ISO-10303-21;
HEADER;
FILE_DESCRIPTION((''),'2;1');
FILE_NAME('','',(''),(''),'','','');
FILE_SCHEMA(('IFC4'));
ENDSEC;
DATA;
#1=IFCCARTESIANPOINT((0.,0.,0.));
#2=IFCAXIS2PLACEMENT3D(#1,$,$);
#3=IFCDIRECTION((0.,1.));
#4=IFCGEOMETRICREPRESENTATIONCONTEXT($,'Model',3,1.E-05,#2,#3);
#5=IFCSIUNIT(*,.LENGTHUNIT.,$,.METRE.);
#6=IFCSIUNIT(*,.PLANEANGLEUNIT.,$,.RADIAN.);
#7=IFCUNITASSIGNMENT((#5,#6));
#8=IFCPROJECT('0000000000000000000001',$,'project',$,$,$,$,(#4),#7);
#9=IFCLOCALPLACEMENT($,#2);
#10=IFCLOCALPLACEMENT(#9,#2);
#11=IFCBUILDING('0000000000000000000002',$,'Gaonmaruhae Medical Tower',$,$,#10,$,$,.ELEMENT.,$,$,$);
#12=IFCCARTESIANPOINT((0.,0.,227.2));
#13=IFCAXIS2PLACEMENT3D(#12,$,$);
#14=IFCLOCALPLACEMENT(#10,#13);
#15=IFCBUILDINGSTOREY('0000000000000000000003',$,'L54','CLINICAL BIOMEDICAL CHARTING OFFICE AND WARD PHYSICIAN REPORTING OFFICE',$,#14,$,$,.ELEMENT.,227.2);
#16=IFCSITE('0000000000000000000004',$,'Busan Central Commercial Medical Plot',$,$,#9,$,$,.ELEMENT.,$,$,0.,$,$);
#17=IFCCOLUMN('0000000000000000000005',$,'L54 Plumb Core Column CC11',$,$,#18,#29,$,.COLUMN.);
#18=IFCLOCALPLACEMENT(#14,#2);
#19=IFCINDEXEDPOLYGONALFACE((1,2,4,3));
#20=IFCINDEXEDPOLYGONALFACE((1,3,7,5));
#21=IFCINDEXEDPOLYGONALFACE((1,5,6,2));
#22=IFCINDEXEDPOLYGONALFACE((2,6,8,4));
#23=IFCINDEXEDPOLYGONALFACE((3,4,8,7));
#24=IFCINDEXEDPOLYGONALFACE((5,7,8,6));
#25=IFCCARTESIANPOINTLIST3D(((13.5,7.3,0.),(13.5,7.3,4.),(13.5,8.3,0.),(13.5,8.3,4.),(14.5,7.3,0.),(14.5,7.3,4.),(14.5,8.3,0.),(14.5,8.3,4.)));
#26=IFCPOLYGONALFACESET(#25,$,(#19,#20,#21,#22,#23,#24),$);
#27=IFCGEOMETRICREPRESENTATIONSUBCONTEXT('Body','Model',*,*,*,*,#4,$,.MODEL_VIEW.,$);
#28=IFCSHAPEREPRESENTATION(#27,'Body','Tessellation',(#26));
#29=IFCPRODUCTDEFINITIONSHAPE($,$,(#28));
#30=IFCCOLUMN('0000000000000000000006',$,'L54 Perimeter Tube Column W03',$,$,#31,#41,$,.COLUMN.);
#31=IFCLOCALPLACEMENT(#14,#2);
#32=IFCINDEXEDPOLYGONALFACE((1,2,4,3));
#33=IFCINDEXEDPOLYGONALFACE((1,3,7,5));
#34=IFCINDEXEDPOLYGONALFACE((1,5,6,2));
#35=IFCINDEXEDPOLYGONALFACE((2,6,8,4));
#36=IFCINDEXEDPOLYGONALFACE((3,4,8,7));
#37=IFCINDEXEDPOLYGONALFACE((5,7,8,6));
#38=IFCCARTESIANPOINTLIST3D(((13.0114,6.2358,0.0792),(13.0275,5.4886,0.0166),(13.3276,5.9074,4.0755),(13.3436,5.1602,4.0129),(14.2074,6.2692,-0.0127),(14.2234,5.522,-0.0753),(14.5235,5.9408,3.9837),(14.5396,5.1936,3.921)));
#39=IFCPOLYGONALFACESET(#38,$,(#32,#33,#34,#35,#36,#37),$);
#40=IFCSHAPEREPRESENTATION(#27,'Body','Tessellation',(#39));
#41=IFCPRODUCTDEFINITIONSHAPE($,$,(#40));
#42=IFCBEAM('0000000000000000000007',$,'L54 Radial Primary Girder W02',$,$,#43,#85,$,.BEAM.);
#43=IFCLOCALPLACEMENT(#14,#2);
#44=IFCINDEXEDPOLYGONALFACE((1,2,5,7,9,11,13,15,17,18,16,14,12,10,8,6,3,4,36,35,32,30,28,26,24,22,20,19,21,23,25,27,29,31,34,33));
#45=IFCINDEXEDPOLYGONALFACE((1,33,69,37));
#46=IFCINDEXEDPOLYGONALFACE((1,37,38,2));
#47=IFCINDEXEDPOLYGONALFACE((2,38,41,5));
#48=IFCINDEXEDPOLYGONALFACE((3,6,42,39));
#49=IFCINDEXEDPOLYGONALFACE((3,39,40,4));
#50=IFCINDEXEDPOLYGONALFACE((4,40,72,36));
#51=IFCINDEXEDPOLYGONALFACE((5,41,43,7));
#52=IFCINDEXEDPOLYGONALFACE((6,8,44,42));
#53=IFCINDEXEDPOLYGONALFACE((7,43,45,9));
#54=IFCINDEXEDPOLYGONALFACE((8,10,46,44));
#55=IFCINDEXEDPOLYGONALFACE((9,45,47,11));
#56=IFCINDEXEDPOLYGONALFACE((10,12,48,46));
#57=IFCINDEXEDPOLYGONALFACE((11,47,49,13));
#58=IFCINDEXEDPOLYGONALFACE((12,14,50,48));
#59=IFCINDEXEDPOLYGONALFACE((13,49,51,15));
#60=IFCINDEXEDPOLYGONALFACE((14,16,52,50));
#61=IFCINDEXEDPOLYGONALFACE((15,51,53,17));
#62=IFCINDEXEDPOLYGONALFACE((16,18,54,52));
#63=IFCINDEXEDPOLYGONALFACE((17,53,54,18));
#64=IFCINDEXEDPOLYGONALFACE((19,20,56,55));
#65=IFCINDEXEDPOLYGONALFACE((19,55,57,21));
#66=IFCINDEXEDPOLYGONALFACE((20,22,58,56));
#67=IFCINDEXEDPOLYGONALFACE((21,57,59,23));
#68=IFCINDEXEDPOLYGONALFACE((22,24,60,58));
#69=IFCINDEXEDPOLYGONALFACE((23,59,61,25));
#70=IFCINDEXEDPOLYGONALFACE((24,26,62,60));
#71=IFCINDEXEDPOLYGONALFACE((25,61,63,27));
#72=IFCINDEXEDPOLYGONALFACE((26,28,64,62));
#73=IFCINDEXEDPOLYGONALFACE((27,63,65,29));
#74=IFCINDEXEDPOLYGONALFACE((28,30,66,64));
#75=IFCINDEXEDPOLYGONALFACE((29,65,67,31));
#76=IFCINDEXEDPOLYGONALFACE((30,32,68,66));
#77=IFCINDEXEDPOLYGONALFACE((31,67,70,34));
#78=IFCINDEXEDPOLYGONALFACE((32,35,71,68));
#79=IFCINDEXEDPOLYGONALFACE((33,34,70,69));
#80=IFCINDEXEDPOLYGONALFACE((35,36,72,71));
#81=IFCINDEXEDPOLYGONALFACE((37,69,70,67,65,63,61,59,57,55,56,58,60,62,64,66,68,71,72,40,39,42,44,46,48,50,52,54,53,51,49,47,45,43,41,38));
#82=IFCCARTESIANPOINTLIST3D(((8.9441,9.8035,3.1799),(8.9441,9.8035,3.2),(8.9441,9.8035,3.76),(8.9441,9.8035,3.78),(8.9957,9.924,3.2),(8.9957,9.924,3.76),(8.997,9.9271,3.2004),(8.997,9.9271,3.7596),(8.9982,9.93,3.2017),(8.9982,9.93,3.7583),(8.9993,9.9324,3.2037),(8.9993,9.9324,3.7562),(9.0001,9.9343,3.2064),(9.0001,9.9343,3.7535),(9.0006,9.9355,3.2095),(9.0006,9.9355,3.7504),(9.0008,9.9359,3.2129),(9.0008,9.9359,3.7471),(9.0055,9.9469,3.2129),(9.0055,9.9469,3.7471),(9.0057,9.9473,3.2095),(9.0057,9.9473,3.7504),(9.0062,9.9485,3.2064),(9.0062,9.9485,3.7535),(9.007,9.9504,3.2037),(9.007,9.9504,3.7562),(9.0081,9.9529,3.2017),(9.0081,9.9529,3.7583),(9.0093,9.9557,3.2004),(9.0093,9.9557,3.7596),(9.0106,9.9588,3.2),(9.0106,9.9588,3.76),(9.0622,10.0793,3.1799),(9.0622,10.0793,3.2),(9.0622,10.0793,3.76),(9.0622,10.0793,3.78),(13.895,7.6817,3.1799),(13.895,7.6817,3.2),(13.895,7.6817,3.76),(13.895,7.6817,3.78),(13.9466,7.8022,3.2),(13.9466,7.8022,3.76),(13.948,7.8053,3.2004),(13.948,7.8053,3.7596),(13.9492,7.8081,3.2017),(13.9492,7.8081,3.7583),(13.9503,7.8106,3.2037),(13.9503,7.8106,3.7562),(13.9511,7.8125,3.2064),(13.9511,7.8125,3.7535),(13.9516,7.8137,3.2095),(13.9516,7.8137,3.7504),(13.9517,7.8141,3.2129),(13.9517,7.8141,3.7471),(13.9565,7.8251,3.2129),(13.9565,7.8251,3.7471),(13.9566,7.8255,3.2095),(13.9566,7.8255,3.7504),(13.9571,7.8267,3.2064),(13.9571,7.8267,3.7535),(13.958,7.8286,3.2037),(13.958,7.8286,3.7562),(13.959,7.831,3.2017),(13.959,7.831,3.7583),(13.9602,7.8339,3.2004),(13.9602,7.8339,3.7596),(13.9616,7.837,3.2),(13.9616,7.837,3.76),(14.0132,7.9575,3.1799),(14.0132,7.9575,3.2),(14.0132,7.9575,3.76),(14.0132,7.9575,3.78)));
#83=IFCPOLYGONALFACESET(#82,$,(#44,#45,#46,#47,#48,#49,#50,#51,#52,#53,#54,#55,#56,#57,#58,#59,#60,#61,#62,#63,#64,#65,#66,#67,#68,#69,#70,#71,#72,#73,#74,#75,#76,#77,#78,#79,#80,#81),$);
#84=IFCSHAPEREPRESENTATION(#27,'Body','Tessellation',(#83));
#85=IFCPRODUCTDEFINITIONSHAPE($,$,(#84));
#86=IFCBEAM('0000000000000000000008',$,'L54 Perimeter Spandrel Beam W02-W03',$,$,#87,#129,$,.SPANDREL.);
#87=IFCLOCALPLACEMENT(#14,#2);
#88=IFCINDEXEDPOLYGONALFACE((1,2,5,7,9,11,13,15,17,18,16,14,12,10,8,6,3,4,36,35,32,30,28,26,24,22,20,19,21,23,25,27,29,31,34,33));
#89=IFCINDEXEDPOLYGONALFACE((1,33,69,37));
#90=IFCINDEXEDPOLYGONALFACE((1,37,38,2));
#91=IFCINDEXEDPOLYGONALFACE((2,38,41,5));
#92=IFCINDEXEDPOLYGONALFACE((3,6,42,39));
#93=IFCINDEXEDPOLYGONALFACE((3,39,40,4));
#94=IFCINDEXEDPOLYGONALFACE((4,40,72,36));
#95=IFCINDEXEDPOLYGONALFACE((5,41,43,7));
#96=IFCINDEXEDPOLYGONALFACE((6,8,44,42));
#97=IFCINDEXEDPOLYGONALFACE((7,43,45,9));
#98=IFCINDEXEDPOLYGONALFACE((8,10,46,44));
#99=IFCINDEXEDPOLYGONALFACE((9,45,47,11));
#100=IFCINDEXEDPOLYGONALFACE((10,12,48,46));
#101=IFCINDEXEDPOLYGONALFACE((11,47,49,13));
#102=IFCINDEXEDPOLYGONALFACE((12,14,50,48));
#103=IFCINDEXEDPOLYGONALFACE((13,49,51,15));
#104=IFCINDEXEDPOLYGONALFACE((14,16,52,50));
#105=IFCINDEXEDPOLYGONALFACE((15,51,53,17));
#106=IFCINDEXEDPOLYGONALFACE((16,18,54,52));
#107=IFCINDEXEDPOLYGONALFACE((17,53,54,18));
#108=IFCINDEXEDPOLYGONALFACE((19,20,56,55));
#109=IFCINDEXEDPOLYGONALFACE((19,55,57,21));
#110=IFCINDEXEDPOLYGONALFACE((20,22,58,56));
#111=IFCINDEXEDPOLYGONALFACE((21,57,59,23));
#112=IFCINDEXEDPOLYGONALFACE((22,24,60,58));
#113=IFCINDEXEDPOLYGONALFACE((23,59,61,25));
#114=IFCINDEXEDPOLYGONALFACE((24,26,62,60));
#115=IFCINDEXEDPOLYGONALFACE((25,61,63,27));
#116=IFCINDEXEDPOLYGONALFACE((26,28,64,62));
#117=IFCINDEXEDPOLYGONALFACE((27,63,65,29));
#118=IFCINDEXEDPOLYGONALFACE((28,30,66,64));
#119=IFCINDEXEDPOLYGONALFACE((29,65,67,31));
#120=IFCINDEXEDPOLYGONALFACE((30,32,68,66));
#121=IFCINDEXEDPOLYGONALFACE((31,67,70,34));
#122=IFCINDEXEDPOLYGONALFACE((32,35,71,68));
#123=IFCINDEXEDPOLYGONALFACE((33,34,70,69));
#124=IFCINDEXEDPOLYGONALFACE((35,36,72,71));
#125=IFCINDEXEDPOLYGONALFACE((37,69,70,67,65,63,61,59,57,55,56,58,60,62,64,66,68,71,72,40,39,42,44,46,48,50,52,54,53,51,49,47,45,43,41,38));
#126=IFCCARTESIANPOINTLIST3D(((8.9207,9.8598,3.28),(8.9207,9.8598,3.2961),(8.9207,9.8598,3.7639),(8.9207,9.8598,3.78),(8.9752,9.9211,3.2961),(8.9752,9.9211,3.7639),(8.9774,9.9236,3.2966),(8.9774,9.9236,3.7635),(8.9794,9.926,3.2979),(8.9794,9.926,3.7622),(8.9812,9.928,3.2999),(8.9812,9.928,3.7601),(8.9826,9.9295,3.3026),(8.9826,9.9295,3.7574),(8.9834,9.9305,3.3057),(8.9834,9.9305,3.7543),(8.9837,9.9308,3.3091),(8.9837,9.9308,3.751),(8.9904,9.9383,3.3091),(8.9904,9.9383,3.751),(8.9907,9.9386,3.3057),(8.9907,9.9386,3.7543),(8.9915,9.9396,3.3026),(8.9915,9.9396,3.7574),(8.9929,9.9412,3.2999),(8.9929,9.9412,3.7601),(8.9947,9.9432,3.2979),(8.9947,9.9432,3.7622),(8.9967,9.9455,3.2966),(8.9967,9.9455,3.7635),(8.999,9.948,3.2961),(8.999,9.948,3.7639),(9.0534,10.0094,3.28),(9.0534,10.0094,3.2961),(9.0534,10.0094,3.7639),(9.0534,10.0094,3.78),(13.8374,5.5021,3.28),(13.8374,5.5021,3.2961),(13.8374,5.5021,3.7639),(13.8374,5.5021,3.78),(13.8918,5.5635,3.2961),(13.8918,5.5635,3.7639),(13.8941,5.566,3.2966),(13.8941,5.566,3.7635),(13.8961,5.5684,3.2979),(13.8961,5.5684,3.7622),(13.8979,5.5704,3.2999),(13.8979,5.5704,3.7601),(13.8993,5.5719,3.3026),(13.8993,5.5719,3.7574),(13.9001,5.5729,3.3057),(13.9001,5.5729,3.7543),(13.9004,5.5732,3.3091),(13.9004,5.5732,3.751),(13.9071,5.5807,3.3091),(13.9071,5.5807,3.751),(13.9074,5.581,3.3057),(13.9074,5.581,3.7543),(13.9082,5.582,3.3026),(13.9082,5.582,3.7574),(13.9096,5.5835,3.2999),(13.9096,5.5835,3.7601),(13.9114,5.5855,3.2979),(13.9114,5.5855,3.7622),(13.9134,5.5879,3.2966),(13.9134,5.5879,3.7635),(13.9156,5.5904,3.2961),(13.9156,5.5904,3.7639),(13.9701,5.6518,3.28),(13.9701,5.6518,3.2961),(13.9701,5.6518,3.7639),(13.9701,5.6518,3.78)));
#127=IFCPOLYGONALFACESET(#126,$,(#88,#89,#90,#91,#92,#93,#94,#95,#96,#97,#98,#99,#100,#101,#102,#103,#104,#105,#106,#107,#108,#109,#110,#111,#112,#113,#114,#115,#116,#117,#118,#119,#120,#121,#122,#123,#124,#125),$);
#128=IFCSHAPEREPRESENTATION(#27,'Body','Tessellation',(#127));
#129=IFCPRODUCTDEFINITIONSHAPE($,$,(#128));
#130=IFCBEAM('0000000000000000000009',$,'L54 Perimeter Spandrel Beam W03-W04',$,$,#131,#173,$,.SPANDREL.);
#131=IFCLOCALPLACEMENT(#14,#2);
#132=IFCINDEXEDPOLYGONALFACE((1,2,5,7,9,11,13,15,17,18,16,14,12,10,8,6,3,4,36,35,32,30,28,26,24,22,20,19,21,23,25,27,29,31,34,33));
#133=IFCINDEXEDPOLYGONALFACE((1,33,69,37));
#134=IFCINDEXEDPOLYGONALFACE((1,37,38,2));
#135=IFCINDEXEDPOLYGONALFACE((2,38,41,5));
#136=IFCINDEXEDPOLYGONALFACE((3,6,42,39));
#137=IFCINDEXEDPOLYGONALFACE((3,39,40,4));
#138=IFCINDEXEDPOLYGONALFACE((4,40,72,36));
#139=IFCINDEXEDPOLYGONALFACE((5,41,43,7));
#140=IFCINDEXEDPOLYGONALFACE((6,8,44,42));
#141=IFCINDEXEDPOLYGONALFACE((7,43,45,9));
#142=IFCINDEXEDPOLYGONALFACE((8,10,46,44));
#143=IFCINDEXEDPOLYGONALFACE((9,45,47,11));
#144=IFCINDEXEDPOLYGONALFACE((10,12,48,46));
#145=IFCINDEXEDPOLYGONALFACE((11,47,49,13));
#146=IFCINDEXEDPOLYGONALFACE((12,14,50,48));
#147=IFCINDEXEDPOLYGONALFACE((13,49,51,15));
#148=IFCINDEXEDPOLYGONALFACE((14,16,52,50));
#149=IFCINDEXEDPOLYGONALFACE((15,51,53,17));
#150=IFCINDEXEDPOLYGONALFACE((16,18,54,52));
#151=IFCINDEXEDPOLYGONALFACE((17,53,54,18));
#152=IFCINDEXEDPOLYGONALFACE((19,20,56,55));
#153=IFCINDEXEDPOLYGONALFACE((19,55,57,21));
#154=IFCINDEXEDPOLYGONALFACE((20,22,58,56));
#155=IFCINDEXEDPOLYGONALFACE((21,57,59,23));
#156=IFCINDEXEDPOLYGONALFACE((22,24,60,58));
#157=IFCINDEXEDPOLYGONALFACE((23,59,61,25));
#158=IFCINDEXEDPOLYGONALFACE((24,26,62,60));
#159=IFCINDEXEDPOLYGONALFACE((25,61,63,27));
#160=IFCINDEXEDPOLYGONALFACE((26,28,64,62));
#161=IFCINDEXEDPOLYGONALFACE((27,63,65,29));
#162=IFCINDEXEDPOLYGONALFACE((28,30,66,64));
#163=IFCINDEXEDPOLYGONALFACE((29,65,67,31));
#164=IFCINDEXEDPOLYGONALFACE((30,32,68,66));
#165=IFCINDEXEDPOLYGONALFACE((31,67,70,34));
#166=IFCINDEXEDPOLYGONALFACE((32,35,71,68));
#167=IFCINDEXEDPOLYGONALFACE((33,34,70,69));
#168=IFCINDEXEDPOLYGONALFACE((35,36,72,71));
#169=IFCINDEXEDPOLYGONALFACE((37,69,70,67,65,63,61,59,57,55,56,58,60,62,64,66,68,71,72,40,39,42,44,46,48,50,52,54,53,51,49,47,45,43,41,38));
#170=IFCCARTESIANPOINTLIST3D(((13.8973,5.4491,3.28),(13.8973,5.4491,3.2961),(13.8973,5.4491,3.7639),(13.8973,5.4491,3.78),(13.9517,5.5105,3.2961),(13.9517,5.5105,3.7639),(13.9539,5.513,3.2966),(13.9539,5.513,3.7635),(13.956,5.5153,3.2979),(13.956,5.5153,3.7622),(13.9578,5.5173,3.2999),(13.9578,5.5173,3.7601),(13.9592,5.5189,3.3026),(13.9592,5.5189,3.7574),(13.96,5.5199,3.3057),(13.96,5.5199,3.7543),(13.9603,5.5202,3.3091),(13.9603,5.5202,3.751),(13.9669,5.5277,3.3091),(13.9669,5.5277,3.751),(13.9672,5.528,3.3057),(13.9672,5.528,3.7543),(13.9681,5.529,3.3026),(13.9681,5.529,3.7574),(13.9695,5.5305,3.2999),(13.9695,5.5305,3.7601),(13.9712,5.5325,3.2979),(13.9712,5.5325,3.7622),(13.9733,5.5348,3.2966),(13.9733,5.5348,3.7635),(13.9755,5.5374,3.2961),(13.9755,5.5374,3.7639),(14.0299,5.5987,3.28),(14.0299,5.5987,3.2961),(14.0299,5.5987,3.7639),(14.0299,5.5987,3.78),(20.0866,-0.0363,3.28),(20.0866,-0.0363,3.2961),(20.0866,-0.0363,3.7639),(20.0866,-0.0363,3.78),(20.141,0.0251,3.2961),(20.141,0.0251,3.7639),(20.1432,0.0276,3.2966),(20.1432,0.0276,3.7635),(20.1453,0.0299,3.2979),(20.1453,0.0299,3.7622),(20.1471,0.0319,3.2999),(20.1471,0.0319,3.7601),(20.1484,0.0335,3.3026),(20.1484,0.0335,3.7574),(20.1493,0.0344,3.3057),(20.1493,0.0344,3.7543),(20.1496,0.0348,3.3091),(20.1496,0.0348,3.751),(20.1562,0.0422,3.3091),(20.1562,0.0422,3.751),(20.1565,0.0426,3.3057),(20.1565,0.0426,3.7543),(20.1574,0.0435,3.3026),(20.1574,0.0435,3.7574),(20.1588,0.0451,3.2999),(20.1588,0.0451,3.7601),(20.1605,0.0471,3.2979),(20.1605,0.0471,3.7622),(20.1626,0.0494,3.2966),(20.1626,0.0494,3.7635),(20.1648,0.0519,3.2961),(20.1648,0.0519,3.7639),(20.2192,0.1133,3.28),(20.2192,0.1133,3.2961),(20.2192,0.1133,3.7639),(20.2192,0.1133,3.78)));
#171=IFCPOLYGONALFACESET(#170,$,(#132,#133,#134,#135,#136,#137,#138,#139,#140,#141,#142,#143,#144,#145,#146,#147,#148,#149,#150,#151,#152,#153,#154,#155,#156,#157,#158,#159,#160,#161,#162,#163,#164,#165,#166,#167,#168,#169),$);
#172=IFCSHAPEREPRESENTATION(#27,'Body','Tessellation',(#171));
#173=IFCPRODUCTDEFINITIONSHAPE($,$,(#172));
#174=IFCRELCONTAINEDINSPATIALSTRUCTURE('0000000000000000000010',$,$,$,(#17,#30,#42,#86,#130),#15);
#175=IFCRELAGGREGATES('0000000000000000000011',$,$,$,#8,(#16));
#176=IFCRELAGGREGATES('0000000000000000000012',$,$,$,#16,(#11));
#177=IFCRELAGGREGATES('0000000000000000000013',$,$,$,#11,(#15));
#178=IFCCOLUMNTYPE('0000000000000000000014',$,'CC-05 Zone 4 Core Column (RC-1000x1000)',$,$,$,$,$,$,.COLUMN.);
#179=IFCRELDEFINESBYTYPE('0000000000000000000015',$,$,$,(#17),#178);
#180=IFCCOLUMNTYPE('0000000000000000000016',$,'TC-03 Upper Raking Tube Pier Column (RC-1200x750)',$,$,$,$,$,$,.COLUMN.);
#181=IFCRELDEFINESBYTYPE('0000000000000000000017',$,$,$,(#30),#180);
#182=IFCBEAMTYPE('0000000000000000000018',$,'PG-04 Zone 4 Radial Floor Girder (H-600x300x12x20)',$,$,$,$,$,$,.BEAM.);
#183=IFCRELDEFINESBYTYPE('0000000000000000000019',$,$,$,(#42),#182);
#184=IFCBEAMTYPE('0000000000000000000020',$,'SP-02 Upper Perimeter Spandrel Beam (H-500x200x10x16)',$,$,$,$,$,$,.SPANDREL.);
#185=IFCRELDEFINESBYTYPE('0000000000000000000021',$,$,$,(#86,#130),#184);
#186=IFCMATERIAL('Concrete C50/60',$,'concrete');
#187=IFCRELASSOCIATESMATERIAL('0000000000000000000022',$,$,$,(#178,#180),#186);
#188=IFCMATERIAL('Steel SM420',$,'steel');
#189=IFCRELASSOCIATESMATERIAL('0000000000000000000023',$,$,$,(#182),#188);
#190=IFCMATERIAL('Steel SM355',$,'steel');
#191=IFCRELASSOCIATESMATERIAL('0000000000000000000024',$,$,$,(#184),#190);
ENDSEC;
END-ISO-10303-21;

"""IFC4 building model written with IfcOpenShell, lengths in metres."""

from ifc_helpers import new_model, si_unit, direction, frame, origin, origin_2d, place, context, subcontext, project, spatial, rectangle, i_section, extrude, material, material_profile, profile_set, type_object, element, save


model = new_model("IFC4")

# Units and contexts
model_context = context("Model", 3, precision=1e-05, world=origin(), true_north=direction((0.0, 1.0)))
body_context = subcontext(model_context, "Body", "Model", "MODEL_VIEW")
ifc_project = project(units=[si_unit("LENGTHUNIT", "METRE"), si_unit("PLANEANGLEUNIT", "RADIAN")], contexts=[model_context])

# Site, building, storey
site_placement = place(None, origin())
site = spatial("IfcSite", under=ifc_project, at=site_placement, Name="Busan Central Commercial Medical Plot", CompositionType="ELEMENT", RefElevation=0.0)
building_placement = place(site_placement, origin())
building = spatial("IfcBuilding", under=site, at=building_placement, Name="Gaonmaruhae Medical Tower", CompositionType="ELEMENT")
storey_placement = place(building_placement, frame((0.0, 0.0, 227.2)))
storey = spatial("IfcBuildingStorey", under=building, at=storey_placement, Name="L54", Description="CLINICAL BIOMEDICAL CHARTING OFFICE AND WARD PHYSICIAN REPORTING OFFICE", CompositionType="ELEMENT", Elevation=227.2)

# Columns
ifc_material_1 = material(Name="Concrete C50/60", Category="concrete")
ifc_material_profile_1 = material_profile(ifc_material_1, rectangle(XDim=1.0, YDim=1.0, at=origin_2d()), Name="RC-1000x1000")
ifc_profile_set_1 = profile_set([ifc_material_profile_1], Name="Concrete C50/60")
column_type_1 = type_object("IfcColumnType", Name="CC-05 Zone 4 Core Column (RC-1000x1000)", PredefinedType="COLUMN", material=ifc_profile_set_1)
column_1_placement = place(storey_placement, frame((14.0, 7.8, 0.0), z_axis=(0.0, 0.0, 1.0), x_axis=(1.0, 0.0, 0.0)))
element("IfcColumn", 1, at=column_1_placement, inside=storey, type_object=column_type_1, Name="L54 Plumb Core Column CC11", PredefinedType="COLUMN", context=body_context, shape_type="SweptSolid", body=[
    extrude(rectangle(XDim=1.0, YDim=1.0, at=origin_2d()), origin(), (0.0, 0.0, 1.0), 4.0),
])
ifc_material_profile_2 = material_profile(ifc_material_1, rectangle(XDim=1.2, YDim=0.75, at=origin_2d()), Name="RC-1200x750")
ifc_profile_set_2 = profile_set([ifc_material_profile_2], Name="Concrete C50/60")
column_type_2 = type_object("IfcColumnType", Name="TC-03 Upper Raking Tube Pier Column (RC-1200x750)", PredefinedType="COLUMN", material=ifc_profile_set_2)
column_2_placement = place(storey_placement, frame((13.6174, 5.8789, 0.002), z_axis=(0.078603, -0.081638, 0.993558), x_axis=(-0.996676, -0.027829, 0.076563)))
element("IfcColumn", 2, at=column_2_placement, inside=storey, type_object=column_type_2, Name="L54 Perimeter Tube Column W03", PredefinedType="COLUMN", context=body_context, shape_type="SweptSolid", body=[
    extrude(rectangle(XDim=1.2, YDim=0.75, at=origin_2d()), origin(), (0.0, 0.0, 1.0), 4.0222),
])

# Beams
ifc_material_2 = material(Name="Steel SM420", Category="steel")
ifc_material_profile_3 = material_profile(ifc_material_2, i_section(OverallWidth=0.3, OverallDepth=0.6001, WebThickness=0.012, FlangeThickness=0.02, FilletRadius=0.0129, at=origin_2d()), Name="H-600x300x12x20")
ifc_profile_set_3 = profile_set([ifc_material_profile_3], Name="Steel SM420")
beam_type_1 = type_object("IfcBeamType", Name="PG-04 Zone 4 Radial Floor Girder (H-600x300x12x20)", PredefinedType="BEAM", material=ifc_profile_set_3)
beam_1_placement = place(storey_placement, frame((13.9541, 7.8196, 3.48), z_axis=(-0.919145, 0.393919, 0.0), x_axis=(-0.393919, -0.919145, 0.0)))
element("IfcBeam", 3, at=beam_1_placement, inside=storey, type_object=beam_type_1, Name="L54 Radial Primary Girder W02", PredefinedType="BEAM", context=body_context, shape_type="SweptSolid", body=[
    extrude(i_section(OverallWidth=0.3, OverallDepth=0.6001, WebThickness=0.012, FlangeThickness=0.02, FilletRadius=0.0129, at=origin_2d()), origin(), (0.0, 0.0, 1.0), 5.3865),
])
ifc_material_3 = material(Name="Steel SM355", Category="steel")
ifc_material_profile_4 = material_profile(ifc_material_3, i_section(OverallWidth=0.2, OverallDepth=0.5, WebThickness=0.01, FlangeThickness=0.0161, FilletRadius=0.0129, at=origin_2d()), Name="H-500x200x10x16")
ifc_profile_set_4 = profile_set([ifc_material_profile_4], Name="Steel SM355")
beam_type_2 = type_object("IfcBeamType", Name="SP-02 Upper Perimeter Spandrel Beam (H-500x200x10x16)", PredefinedType="SPANDREL", material=ifc_profile_set_4)
beam_2_placement = place(storey_placement, frame((8.9871, 9.9346, 3.53), z_axis=(0.748374, -0.663277, 0.0), x_axis=(0.663277, 0.748374, 0.0)))
element("IfcBeam", 4, at=beam_2_placement, inside=storey, type_object=beam_type_2, Name="L54 Perimeter Spandrel Beam W02-W03", PredefinedType="SPANDREL", context=body_context, shape_type="SweptSolid", body=[
    extrude(i_section(OverallWidth=0.2, OverallDepth=0.5, WebThickness=0.01, FlangeThickness=0.0161, FilletRadius=0.0129, at=origin_2d()), origin(), (0.0, 0.0, 1.0), 6.5698),
])
beam_3_placement = place(storey_placement, frame((13.9636, 5.5239, 3.53), z_axis=(0.748379, -0.663271, 0.0), x_axis=(0.663271, 0.748379, 0.0)))
element("IfcBeam", 5, at=beam_3_placement, inside=storey, type_object=beam_type_2, Name="L54 Perimeter Spandrel Beam W03-W04", PredefinedType="SPANDREL", context=body_context, shape_type="SweptSolid", body=[
    extrude(i_section(OverallWidth=0.2, OverallDepth=0.5, WebThickness=0.01, FlangeThickness=0.0161, FilletRadius=0.0129, at=origin_2d()), origin(), (0.0, 0.0, 1.0), 8.2703),
])

save(model, "model.ifc")
